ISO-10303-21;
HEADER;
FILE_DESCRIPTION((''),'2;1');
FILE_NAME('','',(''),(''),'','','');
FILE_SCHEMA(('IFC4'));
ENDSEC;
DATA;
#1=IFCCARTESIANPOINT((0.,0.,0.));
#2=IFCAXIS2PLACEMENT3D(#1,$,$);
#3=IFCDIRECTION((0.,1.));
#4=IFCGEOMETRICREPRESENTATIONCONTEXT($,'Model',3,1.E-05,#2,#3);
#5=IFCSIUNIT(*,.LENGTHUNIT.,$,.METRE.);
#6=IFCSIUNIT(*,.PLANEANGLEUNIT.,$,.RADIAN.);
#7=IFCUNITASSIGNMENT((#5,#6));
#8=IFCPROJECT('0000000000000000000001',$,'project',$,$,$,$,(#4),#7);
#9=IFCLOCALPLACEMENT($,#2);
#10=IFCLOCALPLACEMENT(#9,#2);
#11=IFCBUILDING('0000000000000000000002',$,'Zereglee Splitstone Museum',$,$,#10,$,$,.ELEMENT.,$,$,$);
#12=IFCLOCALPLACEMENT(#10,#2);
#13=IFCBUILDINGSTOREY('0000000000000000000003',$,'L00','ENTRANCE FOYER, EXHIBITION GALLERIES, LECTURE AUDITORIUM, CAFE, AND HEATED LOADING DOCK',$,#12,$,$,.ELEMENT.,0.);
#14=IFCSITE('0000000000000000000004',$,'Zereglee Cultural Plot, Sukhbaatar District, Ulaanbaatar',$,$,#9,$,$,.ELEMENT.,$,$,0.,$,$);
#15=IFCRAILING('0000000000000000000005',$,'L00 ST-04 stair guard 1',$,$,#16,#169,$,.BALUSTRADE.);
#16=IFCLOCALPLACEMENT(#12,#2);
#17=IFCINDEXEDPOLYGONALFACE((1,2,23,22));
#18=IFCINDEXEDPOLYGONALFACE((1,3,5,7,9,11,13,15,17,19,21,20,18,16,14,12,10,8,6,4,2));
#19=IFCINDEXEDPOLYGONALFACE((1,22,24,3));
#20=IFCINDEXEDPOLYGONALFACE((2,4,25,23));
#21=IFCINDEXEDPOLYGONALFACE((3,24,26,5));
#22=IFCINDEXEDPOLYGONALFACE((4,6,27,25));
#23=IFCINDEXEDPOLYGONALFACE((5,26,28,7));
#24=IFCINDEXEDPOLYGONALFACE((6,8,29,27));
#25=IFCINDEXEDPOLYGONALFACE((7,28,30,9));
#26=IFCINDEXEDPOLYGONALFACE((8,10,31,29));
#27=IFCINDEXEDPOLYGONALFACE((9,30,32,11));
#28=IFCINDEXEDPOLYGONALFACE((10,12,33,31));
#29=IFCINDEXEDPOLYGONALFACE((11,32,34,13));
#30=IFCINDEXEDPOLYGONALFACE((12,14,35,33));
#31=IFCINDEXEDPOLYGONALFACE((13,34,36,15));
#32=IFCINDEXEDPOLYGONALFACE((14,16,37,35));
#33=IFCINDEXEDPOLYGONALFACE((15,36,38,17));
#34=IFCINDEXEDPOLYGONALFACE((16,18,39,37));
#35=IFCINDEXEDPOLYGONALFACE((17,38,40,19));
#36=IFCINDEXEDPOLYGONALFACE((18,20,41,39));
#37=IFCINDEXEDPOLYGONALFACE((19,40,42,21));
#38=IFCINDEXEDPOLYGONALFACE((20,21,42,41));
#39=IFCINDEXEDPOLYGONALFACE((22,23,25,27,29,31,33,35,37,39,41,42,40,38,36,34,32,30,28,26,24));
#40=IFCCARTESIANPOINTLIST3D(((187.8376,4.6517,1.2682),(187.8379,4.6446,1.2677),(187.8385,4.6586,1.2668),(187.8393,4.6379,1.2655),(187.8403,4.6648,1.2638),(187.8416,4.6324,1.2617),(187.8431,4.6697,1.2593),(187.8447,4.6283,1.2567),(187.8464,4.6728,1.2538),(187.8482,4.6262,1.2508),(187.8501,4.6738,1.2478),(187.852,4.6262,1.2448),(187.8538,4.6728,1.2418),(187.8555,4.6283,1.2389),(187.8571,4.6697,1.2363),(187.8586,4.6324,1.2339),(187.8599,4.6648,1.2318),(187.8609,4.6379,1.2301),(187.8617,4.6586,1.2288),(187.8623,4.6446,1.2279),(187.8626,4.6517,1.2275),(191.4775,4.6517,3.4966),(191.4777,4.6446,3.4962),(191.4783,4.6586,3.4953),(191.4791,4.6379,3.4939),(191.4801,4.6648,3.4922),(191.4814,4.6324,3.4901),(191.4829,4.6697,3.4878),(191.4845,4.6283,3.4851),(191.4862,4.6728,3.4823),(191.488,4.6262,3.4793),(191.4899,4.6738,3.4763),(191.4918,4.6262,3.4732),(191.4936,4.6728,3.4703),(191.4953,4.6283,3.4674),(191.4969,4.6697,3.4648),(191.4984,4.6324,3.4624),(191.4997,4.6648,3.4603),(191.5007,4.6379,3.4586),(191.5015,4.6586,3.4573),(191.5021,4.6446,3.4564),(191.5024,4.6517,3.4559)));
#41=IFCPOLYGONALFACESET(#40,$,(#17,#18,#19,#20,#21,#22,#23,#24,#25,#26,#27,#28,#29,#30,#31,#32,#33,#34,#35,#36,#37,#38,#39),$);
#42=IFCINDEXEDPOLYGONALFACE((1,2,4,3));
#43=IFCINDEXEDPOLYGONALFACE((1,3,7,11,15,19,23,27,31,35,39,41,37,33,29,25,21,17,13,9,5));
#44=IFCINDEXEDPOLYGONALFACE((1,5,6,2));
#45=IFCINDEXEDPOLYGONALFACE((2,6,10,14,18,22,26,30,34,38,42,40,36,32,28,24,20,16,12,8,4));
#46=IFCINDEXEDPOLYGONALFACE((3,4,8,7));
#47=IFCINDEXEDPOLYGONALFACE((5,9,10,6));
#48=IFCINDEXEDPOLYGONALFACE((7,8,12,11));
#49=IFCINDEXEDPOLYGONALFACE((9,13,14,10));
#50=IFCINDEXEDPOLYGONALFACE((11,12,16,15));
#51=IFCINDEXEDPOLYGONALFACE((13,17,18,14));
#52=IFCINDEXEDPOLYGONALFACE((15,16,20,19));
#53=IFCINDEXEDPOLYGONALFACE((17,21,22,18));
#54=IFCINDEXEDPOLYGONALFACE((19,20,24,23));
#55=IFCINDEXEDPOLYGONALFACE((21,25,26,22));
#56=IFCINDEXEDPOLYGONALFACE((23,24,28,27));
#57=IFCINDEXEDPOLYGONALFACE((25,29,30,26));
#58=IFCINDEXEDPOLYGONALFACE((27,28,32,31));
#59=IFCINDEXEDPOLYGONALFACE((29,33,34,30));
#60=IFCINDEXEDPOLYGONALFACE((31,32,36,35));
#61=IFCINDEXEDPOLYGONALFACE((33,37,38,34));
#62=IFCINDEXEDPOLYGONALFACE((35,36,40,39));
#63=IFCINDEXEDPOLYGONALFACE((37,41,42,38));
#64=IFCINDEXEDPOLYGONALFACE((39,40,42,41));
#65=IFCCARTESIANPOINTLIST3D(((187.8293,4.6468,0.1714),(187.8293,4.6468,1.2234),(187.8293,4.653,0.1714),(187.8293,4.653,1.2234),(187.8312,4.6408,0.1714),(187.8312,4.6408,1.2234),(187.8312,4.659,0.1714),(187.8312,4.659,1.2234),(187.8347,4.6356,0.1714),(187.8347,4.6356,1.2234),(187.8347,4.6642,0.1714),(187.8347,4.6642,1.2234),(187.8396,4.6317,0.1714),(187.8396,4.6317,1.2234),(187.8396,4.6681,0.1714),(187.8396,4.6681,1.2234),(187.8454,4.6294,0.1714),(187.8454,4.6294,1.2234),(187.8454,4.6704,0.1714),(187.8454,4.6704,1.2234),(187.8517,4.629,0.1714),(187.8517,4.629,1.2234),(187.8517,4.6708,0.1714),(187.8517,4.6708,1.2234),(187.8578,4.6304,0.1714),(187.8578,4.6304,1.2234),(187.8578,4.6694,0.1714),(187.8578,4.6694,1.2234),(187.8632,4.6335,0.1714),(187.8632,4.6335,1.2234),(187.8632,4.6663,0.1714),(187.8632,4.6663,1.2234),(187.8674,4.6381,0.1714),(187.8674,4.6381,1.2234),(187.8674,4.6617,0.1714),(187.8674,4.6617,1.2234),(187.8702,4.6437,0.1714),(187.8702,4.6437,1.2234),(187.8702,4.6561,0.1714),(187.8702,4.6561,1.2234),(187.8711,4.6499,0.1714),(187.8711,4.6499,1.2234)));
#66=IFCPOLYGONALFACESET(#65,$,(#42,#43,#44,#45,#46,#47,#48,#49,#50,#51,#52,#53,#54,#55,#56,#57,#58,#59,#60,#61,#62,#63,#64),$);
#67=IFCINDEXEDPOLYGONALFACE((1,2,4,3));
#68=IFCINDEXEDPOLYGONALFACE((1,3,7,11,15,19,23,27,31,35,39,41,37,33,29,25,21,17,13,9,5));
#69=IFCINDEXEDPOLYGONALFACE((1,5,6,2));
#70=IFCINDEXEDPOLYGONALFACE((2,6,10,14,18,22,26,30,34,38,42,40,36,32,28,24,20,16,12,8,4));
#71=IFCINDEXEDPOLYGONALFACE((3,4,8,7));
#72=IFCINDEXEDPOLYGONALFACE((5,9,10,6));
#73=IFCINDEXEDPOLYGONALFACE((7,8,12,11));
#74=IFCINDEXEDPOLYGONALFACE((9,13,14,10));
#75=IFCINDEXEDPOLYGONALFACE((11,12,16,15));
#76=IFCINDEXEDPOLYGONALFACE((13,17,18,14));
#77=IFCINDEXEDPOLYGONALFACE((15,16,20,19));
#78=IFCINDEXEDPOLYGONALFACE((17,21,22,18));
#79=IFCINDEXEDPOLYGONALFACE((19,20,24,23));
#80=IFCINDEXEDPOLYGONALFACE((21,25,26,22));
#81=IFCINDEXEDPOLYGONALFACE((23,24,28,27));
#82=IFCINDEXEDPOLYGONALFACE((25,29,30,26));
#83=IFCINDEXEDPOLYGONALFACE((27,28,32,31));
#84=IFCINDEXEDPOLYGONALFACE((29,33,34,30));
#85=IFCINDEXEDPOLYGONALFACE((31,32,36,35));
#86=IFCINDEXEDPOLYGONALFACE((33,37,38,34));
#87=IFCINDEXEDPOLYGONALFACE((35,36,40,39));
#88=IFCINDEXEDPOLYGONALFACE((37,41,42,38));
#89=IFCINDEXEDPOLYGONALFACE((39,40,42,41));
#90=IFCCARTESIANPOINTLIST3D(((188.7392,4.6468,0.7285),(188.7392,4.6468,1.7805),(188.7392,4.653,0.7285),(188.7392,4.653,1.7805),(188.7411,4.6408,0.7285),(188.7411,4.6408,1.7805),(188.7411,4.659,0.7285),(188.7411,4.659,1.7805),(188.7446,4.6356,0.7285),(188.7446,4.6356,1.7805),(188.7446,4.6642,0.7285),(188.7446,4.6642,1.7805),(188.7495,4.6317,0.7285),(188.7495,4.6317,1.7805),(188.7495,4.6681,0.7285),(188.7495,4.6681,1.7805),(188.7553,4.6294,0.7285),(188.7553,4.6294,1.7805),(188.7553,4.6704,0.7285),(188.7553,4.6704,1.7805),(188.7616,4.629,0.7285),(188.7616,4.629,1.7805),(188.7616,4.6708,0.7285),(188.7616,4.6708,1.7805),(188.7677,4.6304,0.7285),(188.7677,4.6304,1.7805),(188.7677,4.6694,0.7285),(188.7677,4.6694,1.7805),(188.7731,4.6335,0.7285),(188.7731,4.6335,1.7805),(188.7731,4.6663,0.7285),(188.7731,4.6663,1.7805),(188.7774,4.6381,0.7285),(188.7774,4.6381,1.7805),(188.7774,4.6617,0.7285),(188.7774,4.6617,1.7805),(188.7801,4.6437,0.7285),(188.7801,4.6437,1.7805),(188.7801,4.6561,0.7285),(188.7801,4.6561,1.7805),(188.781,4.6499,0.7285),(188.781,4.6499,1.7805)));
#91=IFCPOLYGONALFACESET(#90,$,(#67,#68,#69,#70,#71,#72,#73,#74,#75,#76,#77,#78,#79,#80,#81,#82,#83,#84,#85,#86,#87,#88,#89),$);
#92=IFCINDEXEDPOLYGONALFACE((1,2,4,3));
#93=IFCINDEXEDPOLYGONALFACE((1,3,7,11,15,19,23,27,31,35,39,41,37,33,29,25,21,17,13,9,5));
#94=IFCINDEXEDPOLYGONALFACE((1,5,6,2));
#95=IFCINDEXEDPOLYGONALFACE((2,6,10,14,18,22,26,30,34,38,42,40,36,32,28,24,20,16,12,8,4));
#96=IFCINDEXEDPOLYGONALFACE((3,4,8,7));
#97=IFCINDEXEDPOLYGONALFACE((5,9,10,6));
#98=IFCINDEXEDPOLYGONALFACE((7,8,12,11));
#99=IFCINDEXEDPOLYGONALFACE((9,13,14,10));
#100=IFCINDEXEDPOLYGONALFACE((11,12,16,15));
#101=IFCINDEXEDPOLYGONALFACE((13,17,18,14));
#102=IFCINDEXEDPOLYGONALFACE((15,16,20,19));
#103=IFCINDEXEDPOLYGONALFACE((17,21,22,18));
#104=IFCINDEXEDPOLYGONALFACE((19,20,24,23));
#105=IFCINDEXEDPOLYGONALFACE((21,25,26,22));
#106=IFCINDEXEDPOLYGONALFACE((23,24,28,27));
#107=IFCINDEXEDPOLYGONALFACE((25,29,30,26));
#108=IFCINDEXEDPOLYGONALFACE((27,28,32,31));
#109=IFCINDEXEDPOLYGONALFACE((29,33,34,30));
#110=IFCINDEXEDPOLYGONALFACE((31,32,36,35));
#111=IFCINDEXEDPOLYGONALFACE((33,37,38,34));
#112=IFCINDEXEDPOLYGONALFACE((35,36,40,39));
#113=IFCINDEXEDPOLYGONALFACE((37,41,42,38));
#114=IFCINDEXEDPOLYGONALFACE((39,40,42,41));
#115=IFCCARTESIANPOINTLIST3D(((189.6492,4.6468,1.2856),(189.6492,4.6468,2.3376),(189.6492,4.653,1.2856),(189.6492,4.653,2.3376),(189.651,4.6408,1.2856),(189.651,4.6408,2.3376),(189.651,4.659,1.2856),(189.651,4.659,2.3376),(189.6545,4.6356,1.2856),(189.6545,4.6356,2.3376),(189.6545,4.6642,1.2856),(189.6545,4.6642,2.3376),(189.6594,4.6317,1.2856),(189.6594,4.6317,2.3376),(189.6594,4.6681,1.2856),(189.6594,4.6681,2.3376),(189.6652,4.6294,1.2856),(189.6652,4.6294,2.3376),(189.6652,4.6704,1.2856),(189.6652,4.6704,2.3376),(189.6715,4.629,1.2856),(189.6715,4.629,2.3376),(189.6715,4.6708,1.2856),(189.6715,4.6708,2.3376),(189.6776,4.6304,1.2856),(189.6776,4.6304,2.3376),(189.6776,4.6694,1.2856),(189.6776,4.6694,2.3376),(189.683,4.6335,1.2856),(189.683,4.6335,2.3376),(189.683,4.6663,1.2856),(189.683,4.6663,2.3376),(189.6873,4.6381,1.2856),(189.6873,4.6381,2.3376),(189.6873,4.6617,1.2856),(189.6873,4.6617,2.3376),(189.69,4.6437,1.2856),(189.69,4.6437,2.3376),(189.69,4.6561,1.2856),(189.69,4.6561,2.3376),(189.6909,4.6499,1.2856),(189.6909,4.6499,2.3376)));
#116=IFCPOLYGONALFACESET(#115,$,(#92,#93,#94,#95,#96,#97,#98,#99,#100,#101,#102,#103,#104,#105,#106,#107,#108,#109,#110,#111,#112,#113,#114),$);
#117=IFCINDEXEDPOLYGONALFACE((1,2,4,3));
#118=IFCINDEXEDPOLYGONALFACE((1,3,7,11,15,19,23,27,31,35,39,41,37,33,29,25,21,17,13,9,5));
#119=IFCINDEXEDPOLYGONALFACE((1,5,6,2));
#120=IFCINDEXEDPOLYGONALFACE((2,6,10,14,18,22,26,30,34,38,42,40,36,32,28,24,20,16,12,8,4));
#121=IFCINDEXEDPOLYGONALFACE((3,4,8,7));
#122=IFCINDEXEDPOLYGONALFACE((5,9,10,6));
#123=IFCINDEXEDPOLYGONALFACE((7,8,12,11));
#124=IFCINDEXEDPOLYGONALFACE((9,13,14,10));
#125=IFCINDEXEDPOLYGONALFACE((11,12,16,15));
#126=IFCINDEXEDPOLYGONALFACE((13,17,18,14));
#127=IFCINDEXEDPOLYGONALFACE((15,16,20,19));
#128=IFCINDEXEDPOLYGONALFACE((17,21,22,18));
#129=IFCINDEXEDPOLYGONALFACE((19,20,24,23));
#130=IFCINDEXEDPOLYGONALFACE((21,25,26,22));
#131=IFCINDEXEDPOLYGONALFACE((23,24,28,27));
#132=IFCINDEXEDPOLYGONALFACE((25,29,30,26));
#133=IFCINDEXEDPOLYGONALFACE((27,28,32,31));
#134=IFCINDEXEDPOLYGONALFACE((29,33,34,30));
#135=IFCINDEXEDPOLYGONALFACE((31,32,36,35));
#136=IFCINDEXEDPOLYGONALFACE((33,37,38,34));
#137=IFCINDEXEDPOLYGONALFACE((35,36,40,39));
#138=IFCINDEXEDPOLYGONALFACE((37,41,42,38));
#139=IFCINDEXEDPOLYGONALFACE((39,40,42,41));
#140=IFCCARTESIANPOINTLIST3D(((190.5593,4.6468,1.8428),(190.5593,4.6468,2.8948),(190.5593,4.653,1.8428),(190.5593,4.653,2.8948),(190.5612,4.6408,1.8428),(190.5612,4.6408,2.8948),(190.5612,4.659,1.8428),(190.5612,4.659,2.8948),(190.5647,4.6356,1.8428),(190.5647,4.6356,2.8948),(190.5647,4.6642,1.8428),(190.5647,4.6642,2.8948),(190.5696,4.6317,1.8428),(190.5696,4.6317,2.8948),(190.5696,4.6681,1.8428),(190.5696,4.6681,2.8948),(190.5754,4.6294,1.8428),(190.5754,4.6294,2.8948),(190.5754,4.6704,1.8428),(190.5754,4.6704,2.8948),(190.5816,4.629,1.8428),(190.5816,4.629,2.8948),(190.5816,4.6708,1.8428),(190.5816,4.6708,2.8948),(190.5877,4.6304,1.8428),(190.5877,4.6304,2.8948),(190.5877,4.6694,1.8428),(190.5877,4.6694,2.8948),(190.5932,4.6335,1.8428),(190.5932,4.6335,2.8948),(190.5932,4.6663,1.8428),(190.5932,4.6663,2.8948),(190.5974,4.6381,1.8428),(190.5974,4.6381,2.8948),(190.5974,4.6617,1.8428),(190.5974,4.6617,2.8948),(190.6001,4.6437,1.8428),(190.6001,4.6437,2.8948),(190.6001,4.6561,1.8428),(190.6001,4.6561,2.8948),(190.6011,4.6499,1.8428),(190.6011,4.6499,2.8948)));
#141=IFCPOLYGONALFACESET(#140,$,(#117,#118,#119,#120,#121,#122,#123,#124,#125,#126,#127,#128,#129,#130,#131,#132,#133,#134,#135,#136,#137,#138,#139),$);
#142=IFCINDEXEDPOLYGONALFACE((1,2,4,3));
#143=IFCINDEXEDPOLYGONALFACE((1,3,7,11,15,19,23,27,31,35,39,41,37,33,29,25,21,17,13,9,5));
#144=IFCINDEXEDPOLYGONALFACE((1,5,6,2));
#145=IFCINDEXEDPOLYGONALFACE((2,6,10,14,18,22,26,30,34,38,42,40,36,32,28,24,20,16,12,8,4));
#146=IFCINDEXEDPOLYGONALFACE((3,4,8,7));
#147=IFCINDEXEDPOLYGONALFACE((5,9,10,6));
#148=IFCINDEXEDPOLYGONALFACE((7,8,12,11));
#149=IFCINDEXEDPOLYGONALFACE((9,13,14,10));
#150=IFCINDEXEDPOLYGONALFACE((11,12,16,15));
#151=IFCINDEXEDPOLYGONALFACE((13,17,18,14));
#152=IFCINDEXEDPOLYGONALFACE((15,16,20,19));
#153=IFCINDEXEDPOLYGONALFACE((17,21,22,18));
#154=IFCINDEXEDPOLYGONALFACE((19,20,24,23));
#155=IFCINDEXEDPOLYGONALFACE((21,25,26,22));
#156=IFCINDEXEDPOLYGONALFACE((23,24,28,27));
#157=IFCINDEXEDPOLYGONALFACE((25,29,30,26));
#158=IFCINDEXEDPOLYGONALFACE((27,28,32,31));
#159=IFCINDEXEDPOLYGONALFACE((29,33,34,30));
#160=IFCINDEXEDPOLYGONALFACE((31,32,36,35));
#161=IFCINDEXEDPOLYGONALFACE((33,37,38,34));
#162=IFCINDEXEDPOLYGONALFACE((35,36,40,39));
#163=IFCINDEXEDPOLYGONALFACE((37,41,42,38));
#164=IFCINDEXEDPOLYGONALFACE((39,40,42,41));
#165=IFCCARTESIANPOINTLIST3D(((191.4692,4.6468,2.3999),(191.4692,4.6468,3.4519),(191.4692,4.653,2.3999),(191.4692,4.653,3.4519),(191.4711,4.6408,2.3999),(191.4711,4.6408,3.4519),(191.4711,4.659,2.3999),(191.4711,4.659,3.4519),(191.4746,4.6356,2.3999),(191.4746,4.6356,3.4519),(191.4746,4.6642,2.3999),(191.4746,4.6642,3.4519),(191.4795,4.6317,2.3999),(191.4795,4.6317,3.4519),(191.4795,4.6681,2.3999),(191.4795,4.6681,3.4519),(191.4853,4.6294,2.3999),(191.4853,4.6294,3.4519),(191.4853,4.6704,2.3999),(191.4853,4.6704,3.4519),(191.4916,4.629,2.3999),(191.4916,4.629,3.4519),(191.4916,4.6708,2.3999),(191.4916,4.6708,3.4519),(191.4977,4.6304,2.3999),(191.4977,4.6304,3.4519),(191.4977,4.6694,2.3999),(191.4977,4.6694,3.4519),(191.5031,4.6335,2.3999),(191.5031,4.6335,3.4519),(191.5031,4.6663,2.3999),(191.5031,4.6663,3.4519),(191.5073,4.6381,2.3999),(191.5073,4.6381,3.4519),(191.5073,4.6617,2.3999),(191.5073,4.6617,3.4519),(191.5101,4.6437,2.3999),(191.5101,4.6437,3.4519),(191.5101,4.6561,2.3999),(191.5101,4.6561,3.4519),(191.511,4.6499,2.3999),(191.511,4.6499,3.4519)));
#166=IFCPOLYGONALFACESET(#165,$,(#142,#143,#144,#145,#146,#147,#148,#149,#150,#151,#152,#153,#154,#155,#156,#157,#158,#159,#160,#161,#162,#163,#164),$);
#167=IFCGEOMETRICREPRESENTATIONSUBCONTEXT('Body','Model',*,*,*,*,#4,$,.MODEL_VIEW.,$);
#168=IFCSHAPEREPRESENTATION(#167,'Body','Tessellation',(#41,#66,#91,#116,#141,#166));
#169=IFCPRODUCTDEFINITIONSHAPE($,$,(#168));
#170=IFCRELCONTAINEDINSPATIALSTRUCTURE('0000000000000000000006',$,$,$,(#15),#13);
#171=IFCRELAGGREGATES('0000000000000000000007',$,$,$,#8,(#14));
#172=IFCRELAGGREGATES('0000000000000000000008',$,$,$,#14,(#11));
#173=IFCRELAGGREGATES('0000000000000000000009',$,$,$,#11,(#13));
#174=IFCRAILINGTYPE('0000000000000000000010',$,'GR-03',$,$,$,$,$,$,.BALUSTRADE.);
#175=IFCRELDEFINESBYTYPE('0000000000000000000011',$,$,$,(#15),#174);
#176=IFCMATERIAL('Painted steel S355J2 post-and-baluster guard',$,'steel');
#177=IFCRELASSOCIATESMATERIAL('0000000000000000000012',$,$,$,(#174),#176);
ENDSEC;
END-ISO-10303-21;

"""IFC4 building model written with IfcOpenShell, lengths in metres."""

from ifc_helpers import new_model, si_unit, direction, frame, origin, origin_2d, place, context, subcontext, project, spatial, circle, extrude, material, type_object, element, save


model = new_model("IFC4")

# Units and contexts
model_context = context("Model", 3, precision=1e-05, world=origin(), true_north=direction((0.0, 1.0)))
body_context = subcontext(model_context, "Body", "Model", "MODEL_VIEW")
ifc_project = project(units=[si_unit("LENGTHUNIT", "METRE"), si_unit("PLANEANGLEUNIT", "RADIAN")], contexts=[model_context])

# Site, building, storey
site_placement = place(None, origin())
site = spatial("IfcSite", under=ifc_project, at=site_placement, Name="Zereglee Cultural Plot, Sukhbaatar District, Ulaanbaatar", CompositionType="ELEMENT", RefElevation=0.0)
building_placement = place(site_placement, origin())
building = spatial("IfcBuilding", under=site, at=building_placement, Name="Zereglee Splitstone Museum", CompositionType="ELEMENT")
storey_placement = place(building_placement, origin())
storey = spatial("IfcBuildingStorey", under=building, at=storey_placement, Name="L00", Description="ENTRANCE FOYER, EXHIBITION GALLERIES, LECTURE AUDITORIUM, CAFE, AND HEATED LOADING DOCK", CompositionType="ELEMENT", Elevation=0.0)

# Railing
ifc_material_1 = material(Name="Painted steel S355J2 post-and-baluster guard", Category="steel")
railing_type_1 = type_object("IfcRailingType", Name="GR-03", PredefinedType="BALUSTRADE", material=ifc_material_1)
railing_1_placement = place(storey_placement, frame((187.8501, 4.6499, 0.1714)))
element("IfcRailing", 1, at=railing_1_placement, inside=storey, type_object=railing_type_1, Name="L00 ST-04 stair guard 1", PredefinedType="BALUSTRADE", context=body_context, shape_type="SweptSolid", body=[
    extrude(circle(Radius=0.0239, at=origin_2d()), frame((0.0, 0.0, 1.0764), z_axis=(0.85285, 0.0, 0.522156), x_axis=(0.0, 1.0, 0.0)), (0.0, 0.0, 1.0), 4.2678),
    extrude(circle(Radius=0.021, at=origin_2d()), origin(), (0.0, 0.0, 1.0), 1.052),
    extrude(circle(Radius=0.021, at=origin_2d()), frame((0.9099, 0.0, 0.5571)), (0.0, 0.0, 1.0), 1.052),
    extrude(circle(Radius=0.021, at=origin_2d()), frame((1.8198, 0.0, 1.1143)), (0.0, 0.0, 1.0), 1.052),
    extrude(circle(Radius=0.021, at=origin_2d()), frame((2.73, 0.0, 1.6714)), (0.0, 0.0, 1.0), 1.052),
    extrude(circle(Radius=0.021, at=origin_2d()), frame((3.6399, 0.0, 2.2285)), (0.0, 0.0, 1.0), 1.052),
])

save(model, "model.ifc")
